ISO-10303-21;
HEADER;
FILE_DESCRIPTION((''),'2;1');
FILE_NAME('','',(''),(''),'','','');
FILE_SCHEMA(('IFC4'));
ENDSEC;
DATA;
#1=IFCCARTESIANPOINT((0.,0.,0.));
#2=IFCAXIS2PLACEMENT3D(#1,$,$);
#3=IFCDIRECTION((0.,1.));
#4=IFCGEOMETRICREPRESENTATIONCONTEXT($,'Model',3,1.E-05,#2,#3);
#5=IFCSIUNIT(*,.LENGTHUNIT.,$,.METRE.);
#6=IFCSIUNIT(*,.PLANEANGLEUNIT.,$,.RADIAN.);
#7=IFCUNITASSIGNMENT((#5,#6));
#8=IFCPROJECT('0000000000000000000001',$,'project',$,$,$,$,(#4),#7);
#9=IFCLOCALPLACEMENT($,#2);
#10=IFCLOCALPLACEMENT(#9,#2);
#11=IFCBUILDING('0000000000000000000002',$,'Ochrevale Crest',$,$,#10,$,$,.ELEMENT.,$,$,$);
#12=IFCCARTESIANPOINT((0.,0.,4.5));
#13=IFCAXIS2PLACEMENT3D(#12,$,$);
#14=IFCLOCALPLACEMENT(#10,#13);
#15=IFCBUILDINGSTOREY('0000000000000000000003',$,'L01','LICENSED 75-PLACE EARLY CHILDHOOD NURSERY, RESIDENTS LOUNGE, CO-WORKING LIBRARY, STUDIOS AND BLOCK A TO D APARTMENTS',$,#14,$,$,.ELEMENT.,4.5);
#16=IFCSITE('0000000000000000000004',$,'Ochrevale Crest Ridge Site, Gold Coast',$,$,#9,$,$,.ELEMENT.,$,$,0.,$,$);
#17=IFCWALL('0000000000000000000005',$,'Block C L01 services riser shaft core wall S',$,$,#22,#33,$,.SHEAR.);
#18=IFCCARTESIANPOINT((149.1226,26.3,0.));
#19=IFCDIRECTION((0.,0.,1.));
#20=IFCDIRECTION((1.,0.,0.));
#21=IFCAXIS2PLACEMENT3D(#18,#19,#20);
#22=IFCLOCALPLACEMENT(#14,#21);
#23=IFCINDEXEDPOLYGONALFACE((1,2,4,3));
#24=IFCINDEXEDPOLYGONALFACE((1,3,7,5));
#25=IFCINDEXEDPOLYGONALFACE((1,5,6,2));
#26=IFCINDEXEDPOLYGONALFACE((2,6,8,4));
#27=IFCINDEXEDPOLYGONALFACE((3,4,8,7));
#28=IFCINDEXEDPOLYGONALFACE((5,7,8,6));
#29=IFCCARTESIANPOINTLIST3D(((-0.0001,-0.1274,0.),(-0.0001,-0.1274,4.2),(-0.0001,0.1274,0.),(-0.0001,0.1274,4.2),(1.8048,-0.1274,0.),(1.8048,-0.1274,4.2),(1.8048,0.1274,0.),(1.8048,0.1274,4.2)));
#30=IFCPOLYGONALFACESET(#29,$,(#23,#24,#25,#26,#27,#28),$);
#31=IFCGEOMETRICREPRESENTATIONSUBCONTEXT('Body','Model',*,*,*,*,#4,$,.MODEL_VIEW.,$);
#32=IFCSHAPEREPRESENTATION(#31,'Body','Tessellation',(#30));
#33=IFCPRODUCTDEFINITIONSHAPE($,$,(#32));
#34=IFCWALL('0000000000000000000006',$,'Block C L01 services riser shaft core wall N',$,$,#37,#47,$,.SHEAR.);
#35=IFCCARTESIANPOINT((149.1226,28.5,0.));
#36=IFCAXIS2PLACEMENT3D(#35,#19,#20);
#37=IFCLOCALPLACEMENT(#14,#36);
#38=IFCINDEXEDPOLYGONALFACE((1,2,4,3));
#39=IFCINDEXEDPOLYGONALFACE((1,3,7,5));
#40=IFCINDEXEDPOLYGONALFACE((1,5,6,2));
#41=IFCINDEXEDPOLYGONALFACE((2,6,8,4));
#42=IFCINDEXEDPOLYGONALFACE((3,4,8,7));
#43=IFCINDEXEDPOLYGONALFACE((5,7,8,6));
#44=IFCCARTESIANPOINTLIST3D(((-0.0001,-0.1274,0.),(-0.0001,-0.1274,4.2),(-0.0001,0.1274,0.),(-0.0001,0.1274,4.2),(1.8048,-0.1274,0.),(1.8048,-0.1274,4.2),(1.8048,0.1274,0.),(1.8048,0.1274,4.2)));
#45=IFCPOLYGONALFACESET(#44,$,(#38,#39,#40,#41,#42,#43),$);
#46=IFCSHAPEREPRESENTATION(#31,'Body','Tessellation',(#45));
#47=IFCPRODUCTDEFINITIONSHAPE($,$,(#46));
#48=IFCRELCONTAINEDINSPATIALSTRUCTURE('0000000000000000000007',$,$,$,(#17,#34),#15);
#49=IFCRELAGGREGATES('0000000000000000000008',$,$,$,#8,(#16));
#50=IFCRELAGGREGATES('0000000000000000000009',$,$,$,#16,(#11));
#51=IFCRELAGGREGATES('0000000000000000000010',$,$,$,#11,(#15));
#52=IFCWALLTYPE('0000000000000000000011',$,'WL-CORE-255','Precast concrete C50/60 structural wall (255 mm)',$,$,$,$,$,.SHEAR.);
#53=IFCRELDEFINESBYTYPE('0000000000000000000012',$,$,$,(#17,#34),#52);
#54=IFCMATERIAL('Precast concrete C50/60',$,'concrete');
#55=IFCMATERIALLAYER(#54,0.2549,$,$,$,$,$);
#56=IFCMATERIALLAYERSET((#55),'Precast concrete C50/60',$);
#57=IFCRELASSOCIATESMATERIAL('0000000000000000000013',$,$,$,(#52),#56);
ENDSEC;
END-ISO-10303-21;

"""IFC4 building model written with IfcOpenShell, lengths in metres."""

from ifc_helpers import new_model, si_unit, direction, frame, frame_2d, origin, place, context, subcontext, project, spatial, rectangle, extrude, material, layer, layer_set, type_object, element, save


model = new_model("IFC4")

# Units and contexts
model_context = context("Model", 3, precision=1e-05, world=origin(), true_north=direction((0.0, 1.0)))
body_context = subcontext(model_context, "Body", "Model", "MODEL_VIEW")
ifc_project = project(units=[si_unit("LENGTHUNIT", "METRE"), si_unit("PLANEANGLEUNIT", "RADIAN")], contexts=[model_context])

# Site, building, storey
site_placement = place(None, origin())
site = spatial("IfcSite", under=ifc_project, at=site_placement, Name="Ochrevale Crest Ridge Site, Gold Coast", CompositionType="ELEMENT", RefElevation=0.0)
building_placement = place(site_placement, origin())
building = spatial("IfcBuilding", under=site, at=building_placement, Name="Ochrevale Crest", CompositionType="ELEMENT")
storey_placement = place(building_placement, frame((0.0, 0.0, 4.5)))
storey = spatial("IfcBuildingStorey", under=building, at=storey_placement, Name="L01", Description="LICENSED 75-PLACE EARLY CHILDHOOD NURSERY, RESIDENTS LOUNGE, CO-WORKING LIBRARY, STUDIOS AND BLOCK A TO D APARTMENTS", CompositionType="ELEMENT", Elevation=4.5)

# Shared definitions
ifc_material_1 = material(Name="Precast concrete C50/60", Category="concrete")
ifc_layer_1 = layer(ifc_material_1, 0.2549)
ifc_layer_set_1 = layer_set([ifc_layer_1], Name="Precast concrete C50/60")
wall_type_1 = type_object("IfcWallType", Name="WL-CORE-255", Description="Precast concrete C50/60 structural wall (255 mm)", PredefinedType="SHEAR", material=ifc_layer_set_1)

# Walls
for number, where, z_axis, x_axis, name in (
    (1, (149.1226, 26.3, 0.0), (0.0, 0.0, 1.0), (1.0, 0.0, 0.0), "Block C L01 services riser shaft core wall S"),
    (2, (149.1226, 28.5, 0.0), (0.0, 0.0, 1.0), (1.0, 0.0, 0.0), "Block C L01 services riser shaft core wall N"),
):
    element("IfcWall", number, at=place(storey_placement, frame(where, z_axis=z_axis, x_axis=x_axis)), inside=storey, type_object=wall_type_1, Name=name, PredefinedType="SHEAR", context=body_context, shape_type="SweptSolid", body=[
        extrude(rectangle(XDim=1.8049, YDim=0.2549, at=frame_2d((0.9023, 0.0))), origin(), (0.0, 0.0, 1.0), 4.2),
    ])

save(model, "model.ifc")
